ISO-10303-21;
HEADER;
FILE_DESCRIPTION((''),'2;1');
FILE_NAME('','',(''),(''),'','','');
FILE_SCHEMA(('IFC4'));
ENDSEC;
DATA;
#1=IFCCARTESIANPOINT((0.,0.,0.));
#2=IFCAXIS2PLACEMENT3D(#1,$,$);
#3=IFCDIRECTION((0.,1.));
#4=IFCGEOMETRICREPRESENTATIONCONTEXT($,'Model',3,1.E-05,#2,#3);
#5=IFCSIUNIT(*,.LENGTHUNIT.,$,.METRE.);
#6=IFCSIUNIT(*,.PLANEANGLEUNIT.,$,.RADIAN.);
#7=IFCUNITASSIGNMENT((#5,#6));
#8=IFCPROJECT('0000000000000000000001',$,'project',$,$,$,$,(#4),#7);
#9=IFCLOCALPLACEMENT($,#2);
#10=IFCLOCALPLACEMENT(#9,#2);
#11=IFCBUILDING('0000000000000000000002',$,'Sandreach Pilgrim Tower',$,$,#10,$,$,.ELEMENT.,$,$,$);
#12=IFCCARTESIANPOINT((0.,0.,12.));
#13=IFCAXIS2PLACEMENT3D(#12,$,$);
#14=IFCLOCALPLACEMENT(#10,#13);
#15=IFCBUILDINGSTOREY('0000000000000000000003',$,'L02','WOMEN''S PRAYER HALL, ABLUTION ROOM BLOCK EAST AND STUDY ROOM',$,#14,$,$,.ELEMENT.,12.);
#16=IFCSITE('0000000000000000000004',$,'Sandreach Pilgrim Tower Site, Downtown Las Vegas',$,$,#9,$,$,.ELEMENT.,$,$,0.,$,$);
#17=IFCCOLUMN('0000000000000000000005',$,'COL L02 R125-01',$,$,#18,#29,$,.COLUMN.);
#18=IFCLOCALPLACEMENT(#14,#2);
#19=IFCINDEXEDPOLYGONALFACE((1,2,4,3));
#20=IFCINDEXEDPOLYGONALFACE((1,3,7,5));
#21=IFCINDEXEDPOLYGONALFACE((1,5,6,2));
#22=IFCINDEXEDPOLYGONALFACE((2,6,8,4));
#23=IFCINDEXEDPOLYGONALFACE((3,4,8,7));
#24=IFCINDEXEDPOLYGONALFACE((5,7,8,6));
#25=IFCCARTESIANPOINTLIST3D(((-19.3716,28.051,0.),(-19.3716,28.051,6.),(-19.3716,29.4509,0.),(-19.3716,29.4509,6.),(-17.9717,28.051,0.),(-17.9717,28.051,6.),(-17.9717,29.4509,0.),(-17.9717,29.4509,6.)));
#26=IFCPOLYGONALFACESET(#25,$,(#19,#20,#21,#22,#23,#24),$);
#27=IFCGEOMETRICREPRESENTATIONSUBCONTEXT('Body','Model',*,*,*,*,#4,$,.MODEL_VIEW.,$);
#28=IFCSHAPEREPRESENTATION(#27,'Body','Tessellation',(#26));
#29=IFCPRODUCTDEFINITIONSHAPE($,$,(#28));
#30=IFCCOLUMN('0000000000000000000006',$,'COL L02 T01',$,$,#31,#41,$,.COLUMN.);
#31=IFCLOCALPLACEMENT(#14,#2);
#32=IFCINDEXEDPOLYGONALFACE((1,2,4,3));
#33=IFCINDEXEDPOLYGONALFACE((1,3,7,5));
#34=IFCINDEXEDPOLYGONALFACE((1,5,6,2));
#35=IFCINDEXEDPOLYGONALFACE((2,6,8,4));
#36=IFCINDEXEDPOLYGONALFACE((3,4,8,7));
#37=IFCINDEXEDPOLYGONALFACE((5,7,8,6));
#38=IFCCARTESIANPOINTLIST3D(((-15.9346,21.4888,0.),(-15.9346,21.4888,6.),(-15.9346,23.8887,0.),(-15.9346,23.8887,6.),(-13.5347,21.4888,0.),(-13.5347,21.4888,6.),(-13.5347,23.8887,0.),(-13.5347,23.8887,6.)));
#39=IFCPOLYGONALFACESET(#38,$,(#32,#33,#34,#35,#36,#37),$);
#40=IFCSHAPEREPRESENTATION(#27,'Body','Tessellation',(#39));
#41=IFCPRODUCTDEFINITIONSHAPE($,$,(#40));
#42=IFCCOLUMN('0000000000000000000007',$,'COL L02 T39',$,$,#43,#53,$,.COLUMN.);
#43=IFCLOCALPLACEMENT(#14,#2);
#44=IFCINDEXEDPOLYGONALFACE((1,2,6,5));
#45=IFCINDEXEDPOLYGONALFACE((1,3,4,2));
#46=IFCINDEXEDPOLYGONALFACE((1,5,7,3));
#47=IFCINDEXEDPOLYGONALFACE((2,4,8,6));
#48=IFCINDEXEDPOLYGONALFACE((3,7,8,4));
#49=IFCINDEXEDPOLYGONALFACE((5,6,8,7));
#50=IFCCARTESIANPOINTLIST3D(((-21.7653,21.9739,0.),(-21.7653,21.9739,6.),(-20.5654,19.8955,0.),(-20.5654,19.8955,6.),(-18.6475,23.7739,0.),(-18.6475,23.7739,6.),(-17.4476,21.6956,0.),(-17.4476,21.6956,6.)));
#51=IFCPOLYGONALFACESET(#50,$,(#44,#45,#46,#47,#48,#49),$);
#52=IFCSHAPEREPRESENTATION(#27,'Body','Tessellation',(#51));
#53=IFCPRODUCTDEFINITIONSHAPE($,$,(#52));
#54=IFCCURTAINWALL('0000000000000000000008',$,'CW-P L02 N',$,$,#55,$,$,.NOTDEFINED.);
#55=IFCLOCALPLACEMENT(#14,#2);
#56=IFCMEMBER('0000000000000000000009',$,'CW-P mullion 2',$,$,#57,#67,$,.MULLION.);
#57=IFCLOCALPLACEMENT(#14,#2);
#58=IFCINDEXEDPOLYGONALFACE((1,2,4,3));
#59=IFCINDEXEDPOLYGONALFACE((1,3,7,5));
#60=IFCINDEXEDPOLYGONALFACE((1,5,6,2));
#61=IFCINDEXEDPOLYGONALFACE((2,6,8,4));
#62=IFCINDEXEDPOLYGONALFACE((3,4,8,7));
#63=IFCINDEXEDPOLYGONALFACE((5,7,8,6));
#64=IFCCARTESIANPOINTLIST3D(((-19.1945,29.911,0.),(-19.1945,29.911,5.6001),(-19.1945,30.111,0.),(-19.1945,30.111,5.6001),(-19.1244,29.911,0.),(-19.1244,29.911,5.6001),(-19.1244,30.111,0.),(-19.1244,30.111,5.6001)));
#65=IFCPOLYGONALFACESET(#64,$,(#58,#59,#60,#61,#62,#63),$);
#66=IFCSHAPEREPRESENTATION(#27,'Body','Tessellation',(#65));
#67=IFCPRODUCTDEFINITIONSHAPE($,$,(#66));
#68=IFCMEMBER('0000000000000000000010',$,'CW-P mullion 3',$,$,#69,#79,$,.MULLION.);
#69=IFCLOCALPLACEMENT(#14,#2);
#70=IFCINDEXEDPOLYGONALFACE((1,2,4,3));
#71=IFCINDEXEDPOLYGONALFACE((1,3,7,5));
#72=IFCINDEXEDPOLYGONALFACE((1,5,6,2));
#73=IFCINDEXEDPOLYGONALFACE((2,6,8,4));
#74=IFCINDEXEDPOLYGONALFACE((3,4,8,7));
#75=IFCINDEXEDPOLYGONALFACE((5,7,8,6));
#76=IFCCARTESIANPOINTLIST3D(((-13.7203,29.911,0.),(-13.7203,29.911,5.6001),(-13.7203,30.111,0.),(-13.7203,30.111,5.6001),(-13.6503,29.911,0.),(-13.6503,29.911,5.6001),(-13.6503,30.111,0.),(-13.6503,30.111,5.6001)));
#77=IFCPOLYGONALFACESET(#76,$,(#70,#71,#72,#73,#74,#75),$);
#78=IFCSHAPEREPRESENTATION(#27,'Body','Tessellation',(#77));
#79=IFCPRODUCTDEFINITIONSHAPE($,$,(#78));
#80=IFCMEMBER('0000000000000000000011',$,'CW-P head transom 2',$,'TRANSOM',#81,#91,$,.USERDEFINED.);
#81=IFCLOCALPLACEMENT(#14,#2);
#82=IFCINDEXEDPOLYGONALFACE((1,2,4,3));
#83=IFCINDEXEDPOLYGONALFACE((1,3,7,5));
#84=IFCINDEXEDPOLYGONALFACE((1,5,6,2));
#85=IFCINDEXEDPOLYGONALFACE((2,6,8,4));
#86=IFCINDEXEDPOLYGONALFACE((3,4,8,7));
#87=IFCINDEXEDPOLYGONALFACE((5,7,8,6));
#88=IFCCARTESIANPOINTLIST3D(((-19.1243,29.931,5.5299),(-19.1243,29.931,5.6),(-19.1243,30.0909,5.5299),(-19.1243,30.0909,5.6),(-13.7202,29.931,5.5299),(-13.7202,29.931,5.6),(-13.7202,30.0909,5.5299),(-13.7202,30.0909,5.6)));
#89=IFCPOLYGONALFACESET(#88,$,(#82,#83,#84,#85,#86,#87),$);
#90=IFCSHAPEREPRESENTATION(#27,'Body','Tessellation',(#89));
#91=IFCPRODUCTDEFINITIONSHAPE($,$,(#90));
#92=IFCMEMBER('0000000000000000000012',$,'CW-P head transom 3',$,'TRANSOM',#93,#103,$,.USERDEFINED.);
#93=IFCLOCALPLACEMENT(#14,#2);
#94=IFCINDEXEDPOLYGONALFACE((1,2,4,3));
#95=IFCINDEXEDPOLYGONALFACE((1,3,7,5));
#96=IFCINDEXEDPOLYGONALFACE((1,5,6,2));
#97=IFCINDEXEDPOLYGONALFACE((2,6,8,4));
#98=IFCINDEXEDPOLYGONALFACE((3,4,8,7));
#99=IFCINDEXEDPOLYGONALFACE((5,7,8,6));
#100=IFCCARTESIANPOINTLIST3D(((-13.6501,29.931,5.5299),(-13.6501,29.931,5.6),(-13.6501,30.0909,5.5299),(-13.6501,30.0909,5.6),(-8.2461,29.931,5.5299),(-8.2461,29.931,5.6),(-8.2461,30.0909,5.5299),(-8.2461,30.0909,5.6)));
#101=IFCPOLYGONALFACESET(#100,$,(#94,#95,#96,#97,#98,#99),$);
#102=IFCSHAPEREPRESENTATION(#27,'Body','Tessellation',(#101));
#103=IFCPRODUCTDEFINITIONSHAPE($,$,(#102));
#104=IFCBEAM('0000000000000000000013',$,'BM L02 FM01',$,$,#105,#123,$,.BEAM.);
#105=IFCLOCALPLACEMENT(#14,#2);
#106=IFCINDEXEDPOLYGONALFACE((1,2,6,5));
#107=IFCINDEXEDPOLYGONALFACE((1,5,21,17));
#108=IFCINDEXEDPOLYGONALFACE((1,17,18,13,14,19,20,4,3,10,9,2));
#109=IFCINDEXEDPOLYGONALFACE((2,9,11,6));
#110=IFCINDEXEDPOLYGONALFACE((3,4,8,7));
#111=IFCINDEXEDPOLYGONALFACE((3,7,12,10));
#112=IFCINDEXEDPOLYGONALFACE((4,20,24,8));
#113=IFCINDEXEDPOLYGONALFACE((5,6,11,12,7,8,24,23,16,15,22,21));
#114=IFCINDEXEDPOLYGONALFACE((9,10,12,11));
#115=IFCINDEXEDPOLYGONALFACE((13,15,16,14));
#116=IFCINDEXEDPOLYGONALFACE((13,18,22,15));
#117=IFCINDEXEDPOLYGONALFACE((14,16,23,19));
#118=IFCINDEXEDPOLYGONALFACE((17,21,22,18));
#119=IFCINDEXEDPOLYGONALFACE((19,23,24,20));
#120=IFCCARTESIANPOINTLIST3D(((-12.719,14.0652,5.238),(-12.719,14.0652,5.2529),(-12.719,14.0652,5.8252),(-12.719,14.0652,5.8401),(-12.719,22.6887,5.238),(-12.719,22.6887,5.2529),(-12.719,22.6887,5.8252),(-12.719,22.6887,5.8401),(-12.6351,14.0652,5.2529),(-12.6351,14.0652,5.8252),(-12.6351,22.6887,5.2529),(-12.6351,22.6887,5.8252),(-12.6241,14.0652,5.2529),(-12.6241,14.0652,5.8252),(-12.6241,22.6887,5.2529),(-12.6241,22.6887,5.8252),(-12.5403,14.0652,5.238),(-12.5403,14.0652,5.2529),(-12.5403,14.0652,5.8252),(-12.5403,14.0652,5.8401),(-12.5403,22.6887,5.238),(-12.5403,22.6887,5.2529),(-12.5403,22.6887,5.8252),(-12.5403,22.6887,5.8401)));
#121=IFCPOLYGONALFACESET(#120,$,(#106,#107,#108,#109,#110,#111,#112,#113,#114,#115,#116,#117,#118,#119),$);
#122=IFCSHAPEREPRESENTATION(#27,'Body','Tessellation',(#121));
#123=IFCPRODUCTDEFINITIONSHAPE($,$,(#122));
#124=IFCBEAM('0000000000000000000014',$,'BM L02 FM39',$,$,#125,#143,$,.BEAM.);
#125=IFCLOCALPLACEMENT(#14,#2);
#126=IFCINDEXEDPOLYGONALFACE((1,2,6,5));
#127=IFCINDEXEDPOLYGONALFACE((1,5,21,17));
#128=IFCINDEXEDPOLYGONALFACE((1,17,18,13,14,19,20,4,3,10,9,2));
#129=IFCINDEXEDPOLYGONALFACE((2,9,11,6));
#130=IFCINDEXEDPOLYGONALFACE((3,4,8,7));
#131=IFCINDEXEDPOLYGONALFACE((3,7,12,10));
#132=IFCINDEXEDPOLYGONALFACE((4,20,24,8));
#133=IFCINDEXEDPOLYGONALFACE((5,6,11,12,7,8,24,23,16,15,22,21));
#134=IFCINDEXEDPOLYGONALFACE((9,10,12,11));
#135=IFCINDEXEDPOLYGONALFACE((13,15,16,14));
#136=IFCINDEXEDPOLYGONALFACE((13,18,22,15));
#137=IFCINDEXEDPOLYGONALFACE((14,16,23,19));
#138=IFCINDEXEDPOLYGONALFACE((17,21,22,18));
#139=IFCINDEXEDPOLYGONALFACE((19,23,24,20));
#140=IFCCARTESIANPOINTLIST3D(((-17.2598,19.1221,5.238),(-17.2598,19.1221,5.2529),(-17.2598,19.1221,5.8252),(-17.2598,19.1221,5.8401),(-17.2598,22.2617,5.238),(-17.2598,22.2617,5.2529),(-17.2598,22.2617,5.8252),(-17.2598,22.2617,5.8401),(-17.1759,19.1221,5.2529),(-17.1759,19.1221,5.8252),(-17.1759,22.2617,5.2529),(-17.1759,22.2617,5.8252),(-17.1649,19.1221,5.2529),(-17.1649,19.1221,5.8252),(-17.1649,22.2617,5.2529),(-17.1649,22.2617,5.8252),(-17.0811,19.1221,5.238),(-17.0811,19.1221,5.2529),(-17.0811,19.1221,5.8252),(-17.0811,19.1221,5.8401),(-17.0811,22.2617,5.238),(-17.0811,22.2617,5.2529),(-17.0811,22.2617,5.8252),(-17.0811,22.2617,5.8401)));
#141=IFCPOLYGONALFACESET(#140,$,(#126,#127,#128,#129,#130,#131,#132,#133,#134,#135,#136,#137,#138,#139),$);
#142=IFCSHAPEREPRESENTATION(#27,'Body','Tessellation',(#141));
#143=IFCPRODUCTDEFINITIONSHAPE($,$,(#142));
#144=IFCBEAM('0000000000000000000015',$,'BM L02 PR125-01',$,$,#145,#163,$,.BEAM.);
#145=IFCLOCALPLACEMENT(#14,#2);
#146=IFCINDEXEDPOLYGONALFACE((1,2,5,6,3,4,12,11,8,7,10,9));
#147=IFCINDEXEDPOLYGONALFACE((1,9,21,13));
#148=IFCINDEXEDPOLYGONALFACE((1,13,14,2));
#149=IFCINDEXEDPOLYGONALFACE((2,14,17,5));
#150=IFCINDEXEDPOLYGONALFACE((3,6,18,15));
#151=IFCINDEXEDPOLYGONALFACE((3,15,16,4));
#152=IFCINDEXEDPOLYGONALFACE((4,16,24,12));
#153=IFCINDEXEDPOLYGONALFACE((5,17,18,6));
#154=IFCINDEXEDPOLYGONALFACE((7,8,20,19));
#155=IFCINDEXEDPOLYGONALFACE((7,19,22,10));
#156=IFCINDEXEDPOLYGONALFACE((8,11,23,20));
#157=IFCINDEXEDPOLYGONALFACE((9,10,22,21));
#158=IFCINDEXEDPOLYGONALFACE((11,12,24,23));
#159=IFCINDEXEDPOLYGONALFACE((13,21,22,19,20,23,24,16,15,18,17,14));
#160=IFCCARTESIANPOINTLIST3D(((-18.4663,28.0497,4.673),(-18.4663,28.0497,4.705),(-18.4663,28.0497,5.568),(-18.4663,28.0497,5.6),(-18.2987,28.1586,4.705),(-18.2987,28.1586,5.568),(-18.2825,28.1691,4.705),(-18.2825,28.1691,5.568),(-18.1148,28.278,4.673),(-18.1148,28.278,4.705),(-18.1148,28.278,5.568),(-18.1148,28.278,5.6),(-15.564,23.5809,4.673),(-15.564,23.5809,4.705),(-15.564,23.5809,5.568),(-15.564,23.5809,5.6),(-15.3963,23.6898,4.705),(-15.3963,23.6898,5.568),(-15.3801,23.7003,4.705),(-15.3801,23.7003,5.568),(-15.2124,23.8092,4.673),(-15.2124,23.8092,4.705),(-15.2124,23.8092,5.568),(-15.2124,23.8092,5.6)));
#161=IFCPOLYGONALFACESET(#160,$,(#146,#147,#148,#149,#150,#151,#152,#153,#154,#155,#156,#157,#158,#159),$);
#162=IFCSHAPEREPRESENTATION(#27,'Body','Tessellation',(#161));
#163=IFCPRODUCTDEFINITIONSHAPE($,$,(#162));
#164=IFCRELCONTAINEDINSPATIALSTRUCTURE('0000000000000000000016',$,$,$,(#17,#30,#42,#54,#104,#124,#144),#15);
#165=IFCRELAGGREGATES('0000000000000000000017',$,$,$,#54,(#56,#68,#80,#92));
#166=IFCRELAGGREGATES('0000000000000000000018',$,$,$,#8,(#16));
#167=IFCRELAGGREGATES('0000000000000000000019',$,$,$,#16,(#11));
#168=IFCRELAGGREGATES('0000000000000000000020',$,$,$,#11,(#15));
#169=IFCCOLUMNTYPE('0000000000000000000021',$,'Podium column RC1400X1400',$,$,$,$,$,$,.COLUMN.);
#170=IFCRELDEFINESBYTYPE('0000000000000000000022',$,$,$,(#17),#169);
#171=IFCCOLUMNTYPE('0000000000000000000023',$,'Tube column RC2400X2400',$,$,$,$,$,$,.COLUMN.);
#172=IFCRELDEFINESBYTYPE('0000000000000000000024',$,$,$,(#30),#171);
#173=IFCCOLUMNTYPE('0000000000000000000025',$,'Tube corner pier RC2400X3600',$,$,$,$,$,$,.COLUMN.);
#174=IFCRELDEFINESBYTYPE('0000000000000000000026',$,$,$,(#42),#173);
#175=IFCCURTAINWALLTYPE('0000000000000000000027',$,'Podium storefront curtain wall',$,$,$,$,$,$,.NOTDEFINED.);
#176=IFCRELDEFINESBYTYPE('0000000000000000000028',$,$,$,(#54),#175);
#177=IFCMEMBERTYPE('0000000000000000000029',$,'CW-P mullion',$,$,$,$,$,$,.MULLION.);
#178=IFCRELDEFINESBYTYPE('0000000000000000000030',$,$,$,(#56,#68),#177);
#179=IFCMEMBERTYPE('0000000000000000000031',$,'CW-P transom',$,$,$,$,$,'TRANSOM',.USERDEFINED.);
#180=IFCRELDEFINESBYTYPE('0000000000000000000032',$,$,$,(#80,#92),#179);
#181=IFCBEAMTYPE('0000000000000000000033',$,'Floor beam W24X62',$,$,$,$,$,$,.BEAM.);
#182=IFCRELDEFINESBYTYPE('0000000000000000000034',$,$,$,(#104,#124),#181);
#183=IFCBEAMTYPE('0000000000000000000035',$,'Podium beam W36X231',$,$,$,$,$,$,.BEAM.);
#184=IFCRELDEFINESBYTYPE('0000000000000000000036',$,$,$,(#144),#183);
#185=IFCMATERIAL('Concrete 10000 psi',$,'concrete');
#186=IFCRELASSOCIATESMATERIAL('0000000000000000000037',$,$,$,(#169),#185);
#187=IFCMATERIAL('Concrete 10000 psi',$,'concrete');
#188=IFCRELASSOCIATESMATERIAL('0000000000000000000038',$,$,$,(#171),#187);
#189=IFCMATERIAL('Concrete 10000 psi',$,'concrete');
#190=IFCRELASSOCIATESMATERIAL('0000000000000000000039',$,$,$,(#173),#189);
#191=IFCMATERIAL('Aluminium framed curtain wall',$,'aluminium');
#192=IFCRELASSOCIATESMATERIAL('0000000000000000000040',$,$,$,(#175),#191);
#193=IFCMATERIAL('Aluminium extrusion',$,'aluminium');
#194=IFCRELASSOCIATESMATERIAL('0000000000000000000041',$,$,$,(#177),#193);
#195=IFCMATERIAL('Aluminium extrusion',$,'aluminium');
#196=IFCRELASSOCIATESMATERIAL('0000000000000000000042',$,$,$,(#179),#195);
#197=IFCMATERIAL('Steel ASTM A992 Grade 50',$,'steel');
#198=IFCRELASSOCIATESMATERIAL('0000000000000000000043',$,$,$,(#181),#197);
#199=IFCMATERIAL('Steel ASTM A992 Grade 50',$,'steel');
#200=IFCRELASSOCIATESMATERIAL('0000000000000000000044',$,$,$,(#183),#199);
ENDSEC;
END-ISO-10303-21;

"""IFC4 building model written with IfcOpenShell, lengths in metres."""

from ifc_helpers import new_model, si_unit, direction, frame, origin, origin_2d, place, context, subcontext, project, spatial, rectangle, i_section, extrude, material, material_profile, profile_set, type_object, element, aggregate, save


model = new_model("IFC4")

# Units and contexts
model_context = context("Model", 3, precision=1e-05, world=origin(), true_north=direction((0.0, 1.0)))
body_context = subcontext(model_context, "Body", "Model", "MODEL_VIEW")
ifc_project = project(units=[si_unit("LENGTHUNIT", "METRE"), si_unit("PLANEANGLEUNIT", "RADIAN")], contexts=[model_context])

# Site, building, storey
site_placement = place(None, origin())
site = spatial("IfcSite", under=ifc_project, at=site_placement, Name="Sandreach Pilgrim Tower Site, Downtown Las Vegas", CompositionType="ELEMENT", RefElevation=0.0)
building_placement = place(site_placement, origin())
building = spatial("IfcBuilding", under=site, at=building_placement, Name="Sandreach Pilgrim Tower", CompositionType="ELEMENT")
storey_placement = place(building_placement, frame((0.0, 0.0, 12.0)))
storey = spatial("IfcBuildingStorey", under=building, at=storey_placement, Name="L02", Description="WOMEN'S PRAYER HALL, ABLUTION ROOM BLOCK EAST AND STUDY ROOM", CompositionType="ELEMENT", Elevation=12.0)

# Columns
ifc_material_1 = material(Name="Concrete 10000 psi", Category="concrete")
ifc_material_profile_1 = material_profile(ifc_material_1, rectangle(XDim=1.3999, YDim=1.3999, at=origin_2d()), Name="RC1400X1400")
ifc_profile_set_1 = profile_set([ifc_material_profile_1], Name="Concrete 10000 psi")
column_type_1 = type_object("IfcColumnType", Name="Podium column RC1400X1400", PredefinedType="COLUMN", material=ifc_profile_set_1)
column_1_placement = place(storey_placement, frame((-18.6716, 28.751, 0.0), z_axis=(0.0, 0.0, 1.0), x_axis=(0.0, 1.0, 0.0)))
element("IfcColumn", 1, at=column_1_placement, inside=storey, type_object=column_type_1, Name="COL L02 R125-01", PredefinedType="COLUMN", context=body_context, shape_type="SweptSolid", body=[
    extrude(rectangle(XDim=1.3999, YDim=1.3999, at=origin_2d()), origin(), (0.0, 0.0, 1.0), 6.0),
])
ifc_material_2 = material(Name="Concrete 10000 psi", Category="concrete")
ifc_material_profile_2 = material_profile(ifc_material_2, rectangle(XDim=2.3999, YDim=2.3999, at=origin_2d()), Name="RC2400X2400")
ifc_profile_set_2 = profile_set([ifc_material_profile_2], Name="Concrete 10000 psi")
column_type_2 = type_object("IfcColumnType", Name="Tube column RC2400X2400", PredefinedType="COLUMN", material=ifc_profile_set_2)
column_2_placement = place(storey_placement, frame((-14.7346, 22.6887, 0.0), z_axis=(0.0, 0.0, 1.0), x_axis=(0.0, 1.0, 0.0)))
element("IfcColumn", 2, at=column_2_placement, inside=storey, type_object=column_type_2, Name="COL L02 T01", PredefinedType="COLUMN", context=body_context, shape_type="SweptSolid", body=[
    extrude(rectangle(XDim=2.3999, YDim=2.3999, at=origin_2d()), origin(), (0.0, 0.0, 1.0), 6.0),
])
ifc_material_3 = material(Name="Concrete 10000 psi", Category="concrete")
ifc_material_profile_3 = material_profile(ifc_material_3, rectangle(XDim=2.3999, YDim=3.6001, at=origin_2d()), Name="RC2400X3600")
ifc_profile_set_3 = profile_set([ifc_material_profile_3], Name="Concrete 10000 psi")
column_type_3 = type_object("IfcColumnType", Name="Tube corner pier RC2400X3600", PredefinedType="COLUMN", material=ifc_profile_set_3)
column_3_placement = place(storey_placement, frame((-19.6064, 21.8347, 0.0), z_axis=(0.0, 0.0, 1.0), x_axis=(-0.5, 0.866025, 0.0)))
element("IfcColumn", 3, at=column_3_placement, inside=storey, type_object=column_type_3, Name="COL L02 T39", PredefinedType="COLUMN", context=body_context, shape_type="SweptSolid", body=[
    extrude(rectangle(XDim=2.3999, YDim=3.6001, at=origin_2d()), origin(), (0.0, 0.0, 1.0), 6.0),
])

# Curtain wall, members
ifc_material_4 = material(Name="Aluminium framed curtain wall", Category="aluminium")
curtain_wall_type = type_object("IfcCurtainWallType", Name="Podium storefront curtain wall", PredefinedType="NOTDEFINED", material=ifc_material_4)
curtain_wall_placement = place(storey_placement, origin())
curtain_wall = element("IfcCurtainWall", 4, at=curtain_wall_placement, inside=storey, type_object=curtain_wall_type, Name="CW-P L02 N", PredefinedType="NOTDEFINED")
ifc_material_5 = material(Name="Aluminium extrusion", Category="aluminium")
ifc_material_profile_4 = material_profile(ifc_material_5, rectangle(XDim=0.0701, YDim=0.2, at=origin_2d()), Name="CW-PM 70X200")
ifc_profile_set_4 = profile_set([ifc_material_profile_4], Name="Aluminium extrusion")
member_type_1 = type_object("IfcMemberType", Name="CW-P mullion", PredefinedType="MULLION", material=ifc_profile_set_4)
member_1_placement = place(storey_placement, frame((-19.1594, 30.011, 0.0), z_axis=(0.0, 0.0, 1.0), x_axis=(1.0, 0.0, 0.0)))
member_1 = element("IfcMember", 5, at=member_1_placement, type_object=member_type_1, Name="CW-P mullion 2", PredefinedType="MULLION", context=body_context, shape_type="SweptSolid", body=[
    extrude(rectangle(XDim=0.0701, YDim=0.2, at=origin_2d()), origin(), (0.0, 0.0, 1.0), 5.6001),
])
member_2_placement = place(storey_placement, frame((-13.6853, 30.011, 0.0), z_axis=(0.0, 0.0, 1.0), x_axis=(1.0, 0.0, 0.0)))
member_2 = element("IfcMember", 6, at=member_2_placement, type_object=member_type_1, Name="CW-P mullion 3", PredefinedType="MULLION", context=body_context, shape_type="SweptSolid", body=[
    extrude(rectangle(XDim=0.0701, YDim=0.2, at=origin_2d()), origin(), (0.0, 0.0, 1.0), 5.6001),
])
ifc_material_6 = material(Name="Aluminium extrusion", Category="aluminium")
ifc_material_profile_5 = material_profile(ifc_material_6, rectangle(XDim=0.1599, YDim=0.0701, at=origin_2d()), Name="CW-PT 160X70")
ifc_profile_set_5 = profile_set([ifc_material_profile_5], Name="Aluminium extrusion")
member_type_2 = type_object("IfcMemberType", Name="CW-P transom", ElementType="TRANSOM", PredefinedType="USERDEFINED", material=ifc_profile_set_5)
member_3_placement = place(storey_placement, frame((-19.1243, 30.011, 5.5649), z_axis=(1.0, 0.0, 0.0), x_axis=(0.0, 1.0, 0.0)))
member_3 = element("IfcMember", 7, at=member_3_placement, type_object=member_type_2, Name="CW-P head transom 2", ObjectType="TRANSOM", PredefinedType="USERDEFINED", context=body_context, shape_type="SweptSolid", body=[
    extrude(rectangle(XDim=0.1599, YDim=0.0701, at=origin_2d()), origin(), (0.0, 0.0, 1.0), 5.4041),
])
member_4_placement = place(storey_placement, frame((-13.6501, 30.011, 5.5649), z_axis=(1.0, 0.0, 0.0), x_axis=(0.0, 1.0, 0.0)))
member_4 = element("IfcMember", 8, at=member_4_placement, type_object=member_type_2, Name="CW-P head transom 3", ObjectType="TRANSOM", PredefinedType="USERDEFINED", context=body_context, shape_type="SweptSolid", body=[
    extrude(rectangle(XDim=0.1599, YDim=0.0701, at=origin_2d()), origin(), (0.0, 0.0, 1.0), 5.4041),
])

# Beams
ifc_material_7 = material(Name="Steel ASTM A992 Grade 50", Category="steel")
ifc_material_profile_6 = material_profile(ifc_material_7, i_section(OverallWidth=0.1787, OverallDepth=0.6021, WebThickness=0.011, FlangeThickness=0.0149, at=origin_2d()), Name="W24X62")
ifc_profile_set_6 = profile_set([ifc_material_profile_6], Name="Steel ASTM A992 Grade 50")
beam_type_1 = type_object("IfcBeamType", Name="Floor beam W24X62", PredefinedType="BEAM", material=ifc_profile_set_6)
beam_1_placement = place(storey_placement, frame((-12.6296, 22.6887, 5.5391), z_axis=(0.0, -1.0, 0.0), x_axis=(1.0, 0.0, 0.0)))
element("IfcBeam", 9, at=beam_1_placement, inside=storey, type_object=beam_type_1, Name="BM L02 FM01", PredefinedType="BEAM", context=body_context, shape_type="SweptSolid", body=[
    extrude(i_section(OverallWidth=0.1787, OverallDepth=0.6021, WebThickness=0.011, FlangeThickness=0.0149, at=origin_2d()), origin(), (0.0, 0.0, 1.0), 8.6235),
])
beam_2_placement = place(storey_placement, frame((-17.1704, 22.2617, 5.5391), z_axis=(0.0, -1.0, 0.0), x_axis=(1.0, 0.0, 0.0)))
element("IfcBeam", 10, at=beam_2_placement, inside=storey, type_object=beam_type_1, Name="BM L02 FM39", PredefinedType="BEAM", context=body_context, shape_type="SweptSolid", body=[
    extrude(i_section(OverallWidth=0.1787, OverallDepth=0.6021, WebThickness=0.011, FlangeThickness=0.0149, at=origin_2d()), origin(), (0.0, 0.0, 1.0), 3.1396),
])
ifc_material_8 = material(Name="Steel ASTM A992 Grade 50", Category="steel")
ifc_material_profile_7 = material_profile(ifc_material_8, i_section(OverallWidth=0.4192, OverallDepth=0.927, WebThickness=0.0193, FlangeThickness=0.032, at=origin_2d()), Name="W36X231")
ifc_profile_set_7 = profile_set([ifc_material_profile_7], Name="Steel ASTM A992 Grade 50")
beam_type_2 = type_object("IfcBeamType", Name="Podium beam W36X231", PredefinedType="BEAM", material=ifc_profile_set_7)
beam_3_placement = place(storey_placement, frame((-15.3882, 23.6951, 5.1365), z_axis=(-0.544679, 0.838645, 0.0), x_axis=(-0.838645, -0.544679, 0.0)))
element("IfcBeam", 11, at=beam_3_placement, inside=storey, type_object=beam_type_2, Name="BM L02 PR125-01", PredefinedType="BEAM", context=body_context, shape_type="SweptSolid", body=[
    extrude(i_section(OverallWidth=0.4192, OverallDepth=0.927, WebThickness=0.0193, FlangeThickness=0.032, at=origin_2d()), origin(), (0.0, 0.0, 1.0), 5.3286),
])

aggregate(curtain_wall, [member_1, member_2, member_3, member_4])

save(model, "model.ifc")
